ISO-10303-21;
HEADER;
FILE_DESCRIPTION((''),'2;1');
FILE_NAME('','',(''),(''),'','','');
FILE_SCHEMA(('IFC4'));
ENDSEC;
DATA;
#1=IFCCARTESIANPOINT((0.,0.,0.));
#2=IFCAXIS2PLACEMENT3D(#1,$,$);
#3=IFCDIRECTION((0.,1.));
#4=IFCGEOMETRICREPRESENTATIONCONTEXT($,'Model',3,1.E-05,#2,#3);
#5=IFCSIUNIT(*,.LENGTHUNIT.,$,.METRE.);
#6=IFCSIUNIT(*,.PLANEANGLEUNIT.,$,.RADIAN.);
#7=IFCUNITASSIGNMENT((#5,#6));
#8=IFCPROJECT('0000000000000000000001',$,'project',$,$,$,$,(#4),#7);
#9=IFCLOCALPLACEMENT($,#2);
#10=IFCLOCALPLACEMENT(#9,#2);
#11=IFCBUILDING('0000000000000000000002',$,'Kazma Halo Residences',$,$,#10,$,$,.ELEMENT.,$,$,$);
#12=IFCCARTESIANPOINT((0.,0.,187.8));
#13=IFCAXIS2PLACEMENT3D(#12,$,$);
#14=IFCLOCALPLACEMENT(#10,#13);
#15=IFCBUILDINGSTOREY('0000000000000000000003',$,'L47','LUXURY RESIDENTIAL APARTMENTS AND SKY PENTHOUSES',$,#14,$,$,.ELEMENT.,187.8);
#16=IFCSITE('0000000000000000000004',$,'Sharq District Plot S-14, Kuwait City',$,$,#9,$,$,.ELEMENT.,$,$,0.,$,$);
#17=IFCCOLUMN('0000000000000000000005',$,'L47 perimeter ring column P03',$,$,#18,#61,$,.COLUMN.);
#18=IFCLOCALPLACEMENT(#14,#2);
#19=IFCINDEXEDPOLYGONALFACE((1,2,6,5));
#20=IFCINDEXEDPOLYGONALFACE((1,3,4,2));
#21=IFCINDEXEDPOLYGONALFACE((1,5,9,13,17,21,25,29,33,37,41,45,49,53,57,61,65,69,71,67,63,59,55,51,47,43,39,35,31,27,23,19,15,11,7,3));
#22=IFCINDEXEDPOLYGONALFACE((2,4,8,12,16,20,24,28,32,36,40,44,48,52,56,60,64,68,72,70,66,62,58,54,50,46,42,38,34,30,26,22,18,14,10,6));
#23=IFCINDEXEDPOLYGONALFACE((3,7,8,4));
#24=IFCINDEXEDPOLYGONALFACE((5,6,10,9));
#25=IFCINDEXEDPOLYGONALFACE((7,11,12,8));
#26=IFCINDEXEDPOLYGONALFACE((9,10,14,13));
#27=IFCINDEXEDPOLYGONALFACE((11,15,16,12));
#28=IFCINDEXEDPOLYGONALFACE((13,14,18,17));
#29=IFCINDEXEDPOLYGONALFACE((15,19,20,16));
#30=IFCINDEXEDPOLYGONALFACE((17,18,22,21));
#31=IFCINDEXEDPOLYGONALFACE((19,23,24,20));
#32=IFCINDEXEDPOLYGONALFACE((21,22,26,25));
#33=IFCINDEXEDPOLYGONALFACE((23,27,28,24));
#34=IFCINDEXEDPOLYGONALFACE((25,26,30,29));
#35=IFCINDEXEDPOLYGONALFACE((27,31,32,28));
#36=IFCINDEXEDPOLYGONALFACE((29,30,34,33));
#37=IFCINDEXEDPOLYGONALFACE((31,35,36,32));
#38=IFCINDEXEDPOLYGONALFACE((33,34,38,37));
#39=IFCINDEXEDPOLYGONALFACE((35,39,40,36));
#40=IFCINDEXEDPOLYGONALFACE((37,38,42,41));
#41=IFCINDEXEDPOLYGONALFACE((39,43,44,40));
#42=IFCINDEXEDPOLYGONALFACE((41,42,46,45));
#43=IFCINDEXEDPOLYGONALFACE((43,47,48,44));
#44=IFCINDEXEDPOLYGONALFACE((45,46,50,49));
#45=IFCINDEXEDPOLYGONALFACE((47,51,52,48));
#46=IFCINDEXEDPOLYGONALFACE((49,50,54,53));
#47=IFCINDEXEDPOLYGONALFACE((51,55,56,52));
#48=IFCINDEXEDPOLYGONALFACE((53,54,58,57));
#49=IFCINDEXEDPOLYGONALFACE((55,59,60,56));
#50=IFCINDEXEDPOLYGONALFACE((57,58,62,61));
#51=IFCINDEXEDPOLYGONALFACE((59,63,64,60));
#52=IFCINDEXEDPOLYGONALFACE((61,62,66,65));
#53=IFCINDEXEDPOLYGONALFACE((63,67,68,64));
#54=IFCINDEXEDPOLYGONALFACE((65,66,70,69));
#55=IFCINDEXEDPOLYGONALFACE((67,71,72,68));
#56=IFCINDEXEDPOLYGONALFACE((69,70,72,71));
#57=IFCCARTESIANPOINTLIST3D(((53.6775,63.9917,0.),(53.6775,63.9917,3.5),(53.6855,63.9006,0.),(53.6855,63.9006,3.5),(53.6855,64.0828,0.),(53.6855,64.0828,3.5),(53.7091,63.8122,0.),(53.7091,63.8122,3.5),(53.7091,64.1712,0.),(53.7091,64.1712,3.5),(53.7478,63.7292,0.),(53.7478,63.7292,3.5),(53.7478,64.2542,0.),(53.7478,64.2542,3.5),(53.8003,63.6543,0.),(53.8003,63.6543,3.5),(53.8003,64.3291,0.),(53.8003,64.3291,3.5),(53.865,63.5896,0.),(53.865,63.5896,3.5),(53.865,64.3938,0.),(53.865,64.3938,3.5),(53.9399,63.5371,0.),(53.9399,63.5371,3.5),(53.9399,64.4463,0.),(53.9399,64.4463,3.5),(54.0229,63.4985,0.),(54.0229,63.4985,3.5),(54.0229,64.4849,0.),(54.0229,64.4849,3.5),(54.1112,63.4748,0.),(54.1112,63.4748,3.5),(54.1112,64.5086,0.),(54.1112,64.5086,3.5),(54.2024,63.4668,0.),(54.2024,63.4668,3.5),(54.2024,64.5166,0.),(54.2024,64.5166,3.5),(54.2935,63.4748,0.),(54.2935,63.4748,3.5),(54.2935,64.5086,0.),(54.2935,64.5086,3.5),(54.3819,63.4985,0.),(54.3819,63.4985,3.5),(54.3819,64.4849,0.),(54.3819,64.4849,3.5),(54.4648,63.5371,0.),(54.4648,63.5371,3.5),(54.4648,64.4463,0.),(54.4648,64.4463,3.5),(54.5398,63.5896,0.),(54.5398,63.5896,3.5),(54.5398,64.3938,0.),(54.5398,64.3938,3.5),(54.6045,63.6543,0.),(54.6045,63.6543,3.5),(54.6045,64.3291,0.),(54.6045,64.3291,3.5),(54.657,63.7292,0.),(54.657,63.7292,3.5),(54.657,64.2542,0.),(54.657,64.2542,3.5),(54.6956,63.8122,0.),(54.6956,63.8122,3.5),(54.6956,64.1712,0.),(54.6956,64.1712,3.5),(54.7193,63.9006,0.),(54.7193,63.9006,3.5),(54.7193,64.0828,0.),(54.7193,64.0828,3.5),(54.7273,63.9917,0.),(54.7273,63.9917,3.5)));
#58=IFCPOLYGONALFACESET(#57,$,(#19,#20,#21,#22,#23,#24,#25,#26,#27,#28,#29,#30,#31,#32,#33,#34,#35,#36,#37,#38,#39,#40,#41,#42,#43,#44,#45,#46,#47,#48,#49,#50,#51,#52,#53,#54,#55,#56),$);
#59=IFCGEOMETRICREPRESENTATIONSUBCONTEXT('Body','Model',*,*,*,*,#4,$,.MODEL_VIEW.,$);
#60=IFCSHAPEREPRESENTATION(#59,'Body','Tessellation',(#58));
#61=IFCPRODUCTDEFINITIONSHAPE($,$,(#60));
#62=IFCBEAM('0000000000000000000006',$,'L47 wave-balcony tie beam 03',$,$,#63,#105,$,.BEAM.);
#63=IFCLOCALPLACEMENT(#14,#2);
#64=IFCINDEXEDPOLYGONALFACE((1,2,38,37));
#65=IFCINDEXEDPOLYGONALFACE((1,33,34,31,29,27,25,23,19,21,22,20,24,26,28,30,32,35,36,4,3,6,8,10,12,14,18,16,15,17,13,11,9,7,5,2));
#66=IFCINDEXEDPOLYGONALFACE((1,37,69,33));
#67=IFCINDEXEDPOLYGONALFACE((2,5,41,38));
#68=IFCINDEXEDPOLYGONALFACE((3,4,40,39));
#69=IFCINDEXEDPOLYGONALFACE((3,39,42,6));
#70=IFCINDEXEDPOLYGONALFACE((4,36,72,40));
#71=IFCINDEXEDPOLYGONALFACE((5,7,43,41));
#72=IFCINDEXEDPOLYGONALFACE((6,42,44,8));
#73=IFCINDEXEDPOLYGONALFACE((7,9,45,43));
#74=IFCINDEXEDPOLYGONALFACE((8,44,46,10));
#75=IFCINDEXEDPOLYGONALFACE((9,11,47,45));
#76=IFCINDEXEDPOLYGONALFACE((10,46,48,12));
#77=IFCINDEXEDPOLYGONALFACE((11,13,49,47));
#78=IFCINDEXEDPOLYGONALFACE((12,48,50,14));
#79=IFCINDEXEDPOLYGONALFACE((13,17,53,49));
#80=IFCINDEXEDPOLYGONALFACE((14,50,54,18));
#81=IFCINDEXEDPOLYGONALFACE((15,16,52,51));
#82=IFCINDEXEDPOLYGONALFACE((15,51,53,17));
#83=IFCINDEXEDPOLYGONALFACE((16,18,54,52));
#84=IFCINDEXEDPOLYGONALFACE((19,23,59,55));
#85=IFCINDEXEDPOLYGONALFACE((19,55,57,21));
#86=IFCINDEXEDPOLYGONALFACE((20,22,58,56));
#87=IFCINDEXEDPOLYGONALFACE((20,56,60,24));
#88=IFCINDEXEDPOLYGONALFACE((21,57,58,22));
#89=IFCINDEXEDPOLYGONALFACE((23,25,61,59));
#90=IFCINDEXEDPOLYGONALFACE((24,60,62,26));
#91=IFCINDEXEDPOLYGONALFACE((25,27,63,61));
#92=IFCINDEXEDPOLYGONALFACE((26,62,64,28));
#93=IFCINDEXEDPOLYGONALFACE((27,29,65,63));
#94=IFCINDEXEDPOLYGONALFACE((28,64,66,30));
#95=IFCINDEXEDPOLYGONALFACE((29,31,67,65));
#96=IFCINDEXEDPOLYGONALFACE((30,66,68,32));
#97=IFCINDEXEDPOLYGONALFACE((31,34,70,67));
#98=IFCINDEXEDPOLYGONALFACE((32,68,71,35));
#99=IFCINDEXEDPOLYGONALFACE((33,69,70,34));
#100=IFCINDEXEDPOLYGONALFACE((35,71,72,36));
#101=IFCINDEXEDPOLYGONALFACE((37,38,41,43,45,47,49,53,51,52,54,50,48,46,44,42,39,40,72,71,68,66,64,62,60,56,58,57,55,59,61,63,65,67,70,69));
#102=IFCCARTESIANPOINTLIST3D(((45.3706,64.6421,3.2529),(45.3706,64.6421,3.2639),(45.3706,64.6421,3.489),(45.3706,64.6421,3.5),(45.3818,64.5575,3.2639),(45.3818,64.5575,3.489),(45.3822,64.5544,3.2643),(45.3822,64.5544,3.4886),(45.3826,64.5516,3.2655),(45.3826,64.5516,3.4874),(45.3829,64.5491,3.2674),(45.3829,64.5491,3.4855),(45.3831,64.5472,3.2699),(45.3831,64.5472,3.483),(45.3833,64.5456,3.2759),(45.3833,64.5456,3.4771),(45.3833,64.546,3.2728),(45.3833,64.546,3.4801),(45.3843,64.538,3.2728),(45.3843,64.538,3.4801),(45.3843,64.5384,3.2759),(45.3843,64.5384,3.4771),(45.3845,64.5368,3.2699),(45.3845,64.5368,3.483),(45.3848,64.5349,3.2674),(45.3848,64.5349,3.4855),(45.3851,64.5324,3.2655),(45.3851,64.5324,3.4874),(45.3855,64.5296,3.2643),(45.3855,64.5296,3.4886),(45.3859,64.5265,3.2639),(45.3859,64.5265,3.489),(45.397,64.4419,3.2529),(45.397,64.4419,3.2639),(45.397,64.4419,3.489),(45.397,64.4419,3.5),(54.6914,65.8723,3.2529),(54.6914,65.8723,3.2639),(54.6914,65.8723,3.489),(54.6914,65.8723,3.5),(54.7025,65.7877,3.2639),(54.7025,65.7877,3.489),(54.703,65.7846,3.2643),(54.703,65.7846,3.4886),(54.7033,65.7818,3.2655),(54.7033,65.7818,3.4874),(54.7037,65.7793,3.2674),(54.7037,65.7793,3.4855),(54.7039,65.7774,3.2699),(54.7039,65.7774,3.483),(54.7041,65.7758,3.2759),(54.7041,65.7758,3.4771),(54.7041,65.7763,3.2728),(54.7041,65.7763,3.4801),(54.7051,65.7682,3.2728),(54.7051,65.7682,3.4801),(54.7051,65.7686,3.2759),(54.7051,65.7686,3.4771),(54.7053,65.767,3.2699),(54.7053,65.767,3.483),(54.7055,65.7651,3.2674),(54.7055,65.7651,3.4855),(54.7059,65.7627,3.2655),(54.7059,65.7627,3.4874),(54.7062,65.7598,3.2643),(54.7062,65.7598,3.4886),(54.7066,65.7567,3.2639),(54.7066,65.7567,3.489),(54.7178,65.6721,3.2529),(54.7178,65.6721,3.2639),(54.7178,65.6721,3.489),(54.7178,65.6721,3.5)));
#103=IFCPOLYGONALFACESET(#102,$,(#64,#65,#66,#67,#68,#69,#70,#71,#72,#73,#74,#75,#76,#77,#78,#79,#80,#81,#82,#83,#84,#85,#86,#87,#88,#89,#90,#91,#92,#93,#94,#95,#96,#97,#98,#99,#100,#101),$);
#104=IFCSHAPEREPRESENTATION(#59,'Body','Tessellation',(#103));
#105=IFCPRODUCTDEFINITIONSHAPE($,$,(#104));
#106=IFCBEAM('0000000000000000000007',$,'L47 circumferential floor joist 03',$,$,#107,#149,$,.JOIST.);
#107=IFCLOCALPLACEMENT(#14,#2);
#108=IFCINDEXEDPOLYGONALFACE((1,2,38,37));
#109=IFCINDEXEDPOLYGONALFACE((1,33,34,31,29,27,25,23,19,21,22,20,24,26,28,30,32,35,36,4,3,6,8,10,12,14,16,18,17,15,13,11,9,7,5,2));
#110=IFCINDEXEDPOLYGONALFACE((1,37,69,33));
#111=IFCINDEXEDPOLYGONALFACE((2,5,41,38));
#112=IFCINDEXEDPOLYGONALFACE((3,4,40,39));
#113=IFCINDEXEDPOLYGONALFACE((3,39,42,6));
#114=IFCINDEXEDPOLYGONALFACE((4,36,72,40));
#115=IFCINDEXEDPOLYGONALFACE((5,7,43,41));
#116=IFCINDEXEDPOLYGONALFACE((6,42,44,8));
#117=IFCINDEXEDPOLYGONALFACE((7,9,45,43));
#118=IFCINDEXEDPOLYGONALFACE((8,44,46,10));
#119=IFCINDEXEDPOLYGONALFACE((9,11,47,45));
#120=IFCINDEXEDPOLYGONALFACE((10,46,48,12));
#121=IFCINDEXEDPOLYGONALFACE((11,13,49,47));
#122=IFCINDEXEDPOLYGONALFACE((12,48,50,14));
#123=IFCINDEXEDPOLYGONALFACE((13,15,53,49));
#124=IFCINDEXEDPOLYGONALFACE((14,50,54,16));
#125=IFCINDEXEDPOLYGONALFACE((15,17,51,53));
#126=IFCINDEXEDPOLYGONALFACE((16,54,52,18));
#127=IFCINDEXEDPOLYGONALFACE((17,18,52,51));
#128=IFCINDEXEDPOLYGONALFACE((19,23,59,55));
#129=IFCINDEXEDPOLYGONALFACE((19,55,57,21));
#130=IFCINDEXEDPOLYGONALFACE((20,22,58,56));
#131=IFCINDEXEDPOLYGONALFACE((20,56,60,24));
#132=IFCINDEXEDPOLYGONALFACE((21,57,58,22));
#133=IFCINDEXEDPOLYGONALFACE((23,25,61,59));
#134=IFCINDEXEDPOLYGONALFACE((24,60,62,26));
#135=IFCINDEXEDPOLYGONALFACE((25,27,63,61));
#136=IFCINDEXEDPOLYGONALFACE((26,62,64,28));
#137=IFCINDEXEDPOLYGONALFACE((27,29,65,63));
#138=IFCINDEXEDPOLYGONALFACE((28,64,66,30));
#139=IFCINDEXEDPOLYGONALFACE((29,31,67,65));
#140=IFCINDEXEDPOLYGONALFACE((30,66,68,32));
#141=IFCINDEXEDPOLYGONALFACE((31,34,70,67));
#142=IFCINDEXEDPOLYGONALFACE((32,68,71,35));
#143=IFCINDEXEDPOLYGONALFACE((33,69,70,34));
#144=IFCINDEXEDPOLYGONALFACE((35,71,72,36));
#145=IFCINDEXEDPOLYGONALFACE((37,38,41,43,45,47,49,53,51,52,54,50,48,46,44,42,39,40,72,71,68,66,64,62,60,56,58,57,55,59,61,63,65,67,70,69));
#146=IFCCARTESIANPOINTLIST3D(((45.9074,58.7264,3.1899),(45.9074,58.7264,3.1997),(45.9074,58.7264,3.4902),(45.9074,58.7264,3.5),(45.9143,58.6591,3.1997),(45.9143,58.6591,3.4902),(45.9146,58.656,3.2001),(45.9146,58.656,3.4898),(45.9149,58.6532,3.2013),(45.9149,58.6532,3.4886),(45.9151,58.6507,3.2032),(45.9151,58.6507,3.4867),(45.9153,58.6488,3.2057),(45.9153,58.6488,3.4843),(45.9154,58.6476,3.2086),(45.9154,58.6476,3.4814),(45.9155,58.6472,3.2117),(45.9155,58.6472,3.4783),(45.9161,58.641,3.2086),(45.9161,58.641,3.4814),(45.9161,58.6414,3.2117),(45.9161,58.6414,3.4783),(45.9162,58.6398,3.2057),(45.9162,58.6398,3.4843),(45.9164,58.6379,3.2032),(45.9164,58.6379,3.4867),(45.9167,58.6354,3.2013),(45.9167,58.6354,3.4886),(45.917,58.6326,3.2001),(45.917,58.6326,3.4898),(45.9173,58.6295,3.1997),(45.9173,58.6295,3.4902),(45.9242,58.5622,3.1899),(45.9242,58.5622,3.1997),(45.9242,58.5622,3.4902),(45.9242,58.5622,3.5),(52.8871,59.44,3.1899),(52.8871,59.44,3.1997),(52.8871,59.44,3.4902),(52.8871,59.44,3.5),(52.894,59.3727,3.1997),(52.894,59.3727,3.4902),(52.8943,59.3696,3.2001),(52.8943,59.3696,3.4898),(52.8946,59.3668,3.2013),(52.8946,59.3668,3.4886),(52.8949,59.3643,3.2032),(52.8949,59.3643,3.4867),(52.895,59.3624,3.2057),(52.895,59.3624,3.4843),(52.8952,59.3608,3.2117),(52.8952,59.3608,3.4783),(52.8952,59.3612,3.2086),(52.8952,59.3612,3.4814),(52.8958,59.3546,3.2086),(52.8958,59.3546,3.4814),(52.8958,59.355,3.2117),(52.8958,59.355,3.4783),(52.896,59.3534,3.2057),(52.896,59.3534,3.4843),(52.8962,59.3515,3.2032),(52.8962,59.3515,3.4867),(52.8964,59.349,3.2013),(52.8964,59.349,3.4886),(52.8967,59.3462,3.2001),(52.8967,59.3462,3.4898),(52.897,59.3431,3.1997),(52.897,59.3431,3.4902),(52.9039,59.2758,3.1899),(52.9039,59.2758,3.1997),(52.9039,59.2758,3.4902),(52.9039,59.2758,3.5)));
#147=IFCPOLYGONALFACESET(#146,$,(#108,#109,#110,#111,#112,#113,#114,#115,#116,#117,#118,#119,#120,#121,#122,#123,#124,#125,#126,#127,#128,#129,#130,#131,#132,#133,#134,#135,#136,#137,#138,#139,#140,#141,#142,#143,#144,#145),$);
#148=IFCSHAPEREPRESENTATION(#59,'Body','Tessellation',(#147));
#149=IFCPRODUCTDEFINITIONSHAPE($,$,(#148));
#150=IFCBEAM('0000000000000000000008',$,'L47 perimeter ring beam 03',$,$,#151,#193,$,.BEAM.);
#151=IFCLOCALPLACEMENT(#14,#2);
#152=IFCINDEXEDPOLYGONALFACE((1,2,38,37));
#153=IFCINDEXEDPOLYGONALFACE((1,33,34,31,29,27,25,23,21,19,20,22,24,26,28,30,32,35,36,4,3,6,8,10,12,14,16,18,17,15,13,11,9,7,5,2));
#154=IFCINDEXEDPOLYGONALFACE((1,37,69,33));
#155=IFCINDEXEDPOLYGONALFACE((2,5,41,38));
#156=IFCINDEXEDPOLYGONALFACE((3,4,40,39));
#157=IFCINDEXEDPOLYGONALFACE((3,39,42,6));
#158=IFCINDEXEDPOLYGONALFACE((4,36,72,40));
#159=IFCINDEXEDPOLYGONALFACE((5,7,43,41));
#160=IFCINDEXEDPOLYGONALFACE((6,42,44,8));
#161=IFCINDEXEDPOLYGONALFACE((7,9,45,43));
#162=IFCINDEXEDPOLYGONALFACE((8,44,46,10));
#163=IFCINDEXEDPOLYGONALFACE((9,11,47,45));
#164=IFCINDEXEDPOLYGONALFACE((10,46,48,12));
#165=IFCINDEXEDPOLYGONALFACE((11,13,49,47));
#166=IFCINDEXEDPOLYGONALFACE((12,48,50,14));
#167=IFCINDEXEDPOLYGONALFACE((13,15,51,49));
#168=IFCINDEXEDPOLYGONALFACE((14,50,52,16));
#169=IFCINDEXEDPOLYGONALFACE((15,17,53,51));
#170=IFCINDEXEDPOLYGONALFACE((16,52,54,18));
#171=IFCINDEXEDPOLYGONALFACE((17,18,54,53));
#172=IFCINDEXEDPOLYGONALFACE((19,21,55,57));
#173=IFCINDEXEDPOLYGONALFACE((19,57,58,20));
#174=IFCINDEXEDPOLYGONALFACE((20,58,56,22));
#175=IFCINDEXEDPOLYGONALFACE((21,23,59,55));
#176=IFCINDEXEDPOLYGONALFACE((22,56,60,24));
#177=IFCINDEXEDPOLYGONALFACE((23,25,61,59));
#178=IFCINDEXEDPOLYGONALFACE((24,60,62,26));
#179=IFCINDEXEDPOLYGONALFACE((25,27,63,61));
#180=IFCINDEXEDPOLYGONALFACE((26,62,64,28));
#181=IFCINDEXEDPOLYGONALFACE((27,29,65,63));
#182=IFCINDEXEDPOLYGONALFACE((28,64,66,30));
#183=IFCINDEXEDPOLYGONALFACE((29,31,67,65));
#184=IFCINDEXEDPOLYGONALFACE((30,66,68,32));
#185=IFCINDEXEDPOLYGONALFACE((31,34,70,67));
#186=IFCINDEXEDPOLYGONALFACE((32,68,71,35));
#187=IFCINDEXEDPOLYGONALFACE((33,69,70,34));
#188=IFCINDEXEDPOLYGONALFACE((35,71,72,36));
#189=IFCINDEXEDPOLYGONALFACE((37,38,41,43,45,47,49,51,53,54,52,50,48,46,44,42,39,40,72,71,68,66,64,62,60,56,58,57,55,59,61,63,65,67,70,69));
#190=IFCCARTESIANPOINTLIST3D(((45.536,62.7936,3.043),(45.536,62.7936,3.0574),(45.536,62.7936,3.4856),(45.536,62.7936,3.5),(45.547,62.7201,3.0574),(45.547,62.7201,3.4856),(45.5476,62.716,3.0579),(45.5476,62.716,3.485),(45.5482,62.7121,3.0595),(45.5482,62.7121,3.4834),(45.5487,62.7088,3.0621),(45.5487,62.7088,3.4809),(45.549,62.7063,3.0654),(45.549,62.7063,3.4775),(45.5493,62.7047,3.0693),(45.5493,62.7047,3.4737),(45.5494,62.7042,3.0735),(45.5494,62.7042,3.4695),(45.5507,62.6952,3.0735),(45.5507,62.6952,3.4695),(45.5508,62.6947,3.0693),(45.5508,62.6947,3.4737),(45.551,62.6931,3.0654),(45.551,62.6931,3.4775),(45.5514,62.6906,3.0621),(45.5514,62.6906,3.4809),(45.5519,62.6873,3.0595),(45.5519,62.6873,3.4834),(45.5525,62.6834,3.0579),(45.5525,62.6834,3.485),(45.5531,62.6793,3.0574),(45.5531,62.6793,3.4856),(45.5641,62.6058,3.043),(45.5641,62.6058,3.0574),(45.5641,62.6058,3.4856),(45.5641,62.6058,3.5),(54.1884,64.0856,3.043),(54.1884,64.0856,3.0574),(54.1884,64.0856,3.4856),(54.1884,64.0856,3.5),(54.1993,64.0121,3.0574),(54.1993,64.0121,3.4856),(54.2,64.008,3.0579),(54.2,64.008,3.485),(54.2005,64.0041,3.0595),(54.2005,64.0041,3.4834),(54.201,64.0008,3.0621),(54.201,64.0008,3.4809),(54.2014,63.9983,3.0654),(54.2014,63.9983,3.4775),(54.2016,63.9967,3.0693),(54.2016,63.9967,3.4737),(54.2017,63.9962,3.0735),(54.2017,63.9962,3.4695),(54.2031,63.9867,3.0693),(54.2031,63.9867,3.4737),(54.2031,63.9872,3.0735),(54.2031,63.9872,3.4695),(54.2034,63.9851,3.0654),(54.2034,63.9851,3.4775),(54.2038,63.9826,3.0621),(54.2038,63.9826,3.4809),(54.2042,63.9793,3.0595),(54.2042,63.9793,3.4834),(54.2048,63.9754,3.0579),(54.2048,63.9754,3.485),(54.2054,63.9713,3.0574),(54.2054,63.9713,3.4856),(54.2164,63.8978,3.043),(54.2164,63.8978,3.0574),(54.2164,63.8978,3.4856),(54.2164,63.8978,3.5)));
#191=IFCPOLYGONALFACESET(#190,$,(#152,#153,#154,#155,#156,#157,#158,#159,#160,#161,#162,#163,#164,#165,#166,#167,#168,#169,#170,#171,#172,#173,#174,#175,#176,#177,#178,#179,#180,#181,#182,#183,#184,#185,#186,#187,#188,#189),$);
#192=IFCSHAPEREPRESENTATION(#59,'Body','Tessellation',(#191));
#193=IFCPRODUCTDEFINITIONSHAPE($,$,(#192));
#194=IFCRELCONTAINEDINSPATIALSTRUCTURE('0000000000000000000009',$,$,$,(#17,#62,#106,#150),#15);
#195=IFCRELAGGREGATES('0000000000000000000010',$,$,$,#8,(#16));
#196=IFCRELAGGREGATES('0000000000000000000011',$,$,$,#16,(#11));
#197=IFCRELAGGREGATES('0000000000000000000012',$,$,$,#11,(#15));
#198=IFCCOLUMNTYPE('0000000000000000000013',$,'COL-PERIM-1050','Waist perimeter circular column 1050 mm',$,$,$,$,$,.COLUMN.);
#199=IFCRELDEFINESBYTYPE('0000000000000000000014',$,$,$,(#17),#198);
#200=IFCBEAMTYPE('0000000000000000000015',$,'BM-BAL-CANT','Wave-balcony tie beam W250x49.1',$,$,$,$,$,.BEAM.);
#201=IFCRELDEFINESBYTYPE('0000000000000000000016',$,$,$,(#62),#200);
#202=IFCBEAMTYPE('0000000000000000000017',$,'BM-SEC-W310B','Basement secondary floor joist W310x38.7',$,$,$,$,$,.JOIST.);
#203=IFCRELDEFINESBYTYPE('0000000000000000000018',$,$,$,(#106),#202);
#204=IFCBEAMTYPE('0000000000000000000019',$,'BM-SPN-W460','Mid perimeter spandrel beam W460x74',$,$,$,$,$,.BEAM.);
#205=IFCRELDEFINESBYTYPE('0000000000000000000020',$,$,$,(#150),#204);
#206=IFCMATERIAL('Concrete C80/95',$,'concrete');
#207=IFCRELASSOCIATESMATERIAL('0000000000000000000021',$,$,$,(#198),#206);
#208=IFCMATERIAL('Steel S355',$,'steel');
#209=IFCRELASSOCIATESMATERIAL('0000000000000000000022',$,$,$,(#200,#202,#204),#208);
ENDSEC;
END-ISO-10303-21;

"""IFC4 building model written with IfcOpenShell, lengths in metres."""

from ifc_helpers import new_model, si_unit, direction, frame, origin, origin_2d, place, context, subcontext, project, spatial, circle, i_section, extrude, material, material_profile, profile_set, type_object, element, save


model = new_model("IFC4")

# Units and contexts
model_context = context("Model", 3, precision=1e-05, world=origin(), true_north=direction((0.0, 1.0)))
body_context = subcontext(model_context, "Body", "Model", "MODEL_VIEW")
ifc_project = project(units=[si_unit("LENGTHUNIT", "METRE"), si_unit("PLANEANGLEUNIT", "RADIAN")], contexts=[model_context])

# Site, building, storey
site_placement = place(None, origin())
site = spatial("IfcSite", under=ifc_project, at=site_placement, Name="Sharq District Plot S-14, Kuwait City", CompositionType="ELEMENT", RefElevation=0.0)
building_placement = place(site_placement, origin())
building = spatial("IfcBuilding", under=site, at=building_placement, Name="Kazma Halo Residences", CompositionType="ELEMENT")
storey_placement = place(building_placement, frame((0.0, 0.0, 187.8)))
storey = spatial("IfcBuildingStorey", under=building, at=storey_placement, Name="L47", Description="LUXURY RESIDENTIAL APARTMENTS AND SKY PENTHOUSES", CompositionType="ELEMENT", Elevation=187.8)

# Column
ifc_material_1 = material(Name="Concrete C80/95", Category="concrete")
ifc_material_profile_1 = material_profile(ifc_material_1, circle(Radius=0.5249, at=origin_2d()), Name="CIRC1050")
ifc_profile_set_1 = profile_set([ifc_material_profile_1], Name="Concrete C80/95")
column_type = type_object("IfcColumnType", Name="COL-PERIM-1050", Description="Waist perimeter circular column 1050 mm", PredefinedType="COLUMN", material=ifc_profile_set_1)
column_placement = place(storey_placement, frame((54.2024, 63.9917, 0.0), z_axis=(0.0, 0.0, 1.0), x_axis=(1.0, 0.0, 0.0)))
element("IfcColumn", 1, at=column_placement, inside=storey, type_object=column_type, Name="L47 perimeter ring column P03", PredefinedType="COLUMN", context=body_context, shape_type="SweptSolid", body=[
    extrude(circle(Radius=0.5249, at=origin_2d()), origin(), (0.0, 0.0, 1.0), 3.5),
])

# Beams
ifc_material_2 = material(Name="Steel S355", Category="steel")
ifc_material_profile_2 = material_profile(ifc_material_2, i_section(OverallWidth=0.2019, OverallDepth=0.2471, WebThickness=0.0073, FlangeThickness=0.011, FilletRadius=0.012, at=origin_2d()), Name="W250x49.1")
ifc_profile_set_2 = profile_set([ifc_material_profile_2], Name="Steel S355")
beam_type_1 = type_object("IfcBeamType", Name="BM-BAL-CANT", Description="Wave-balcony tie beam W250x49.1", PredefinedType="BEAM", material=ifc_profile_set_2)
beam_1_placement = place(storey_placement, frame((54.7046, 65.7722, 3.3765), z_axis=(-0.991402, -0.130852, 0.0), x_axis=(0.130852, -0.991402, 0.0)))
element("IfcBeam", 2, at=beam_1_placement, inside=storey, type_object=beam_type_1, Name="L47 wave-balcony tie beam 03", PredefinedType="BEAM", context=body_context, shape_type="SweptSolid", body=[
    extrude(i_section(OverallWidth=0.2019, OverallDepth=0.2471, WebThickness=0.0073, FlangeThickness=0.011, FilletRadius=0.012, at=origin_2d()), origin(), (0.0, 0.0, 1.0), 9.4016),
])
ifc_material_profile_3 = material_profile(ifc_material_2, i_section(OverallWidth=0.165, OverallDepth=0.3101, WebThickness=0.0059, FlangeThickness=0.0098, FilletRadius=0.012, at=origin_2d()), Name="W310x38.7")
ifc_profile_set_3 = profile_set([ifc_material_profile_3], Name="Steel S355")
beam_type_2 = type_object("IfcBeamType", Name="BM-SEC-W310B", Description="Basement secondary floor joist W310x38.7", PredefinedType="JOIST", material=ifc_profile_set_3)
beam_2_placement = place(storey_placement, frame((52.8955, 59.3579, 3.345), z_axis=(-0.994814, -0.101712, 0.0), x_axis=(0.101712, -0.994814, 0.0)))
element("IfcBeam", 3, at=beam_2_placement, inside=storey, type_object=beam_type_2, Name="L47 circumferential floor joist 03", PredefinedType="JOIST", context=body_context, shape_type="SweptSolid", body=[
    extrude(i_section(OverallWidth=0.165, OverallDepth=0.3101, WebThickness=0.0059, FlangeThickness=0.0098, FilletRadius=0.012, at=origin_2d()), origin(), (0.0, 0.0, 1.0), 7.0161),
])
ifc_material_profile_4 = material_profile(ifc_material_2, i_section(OverallWidth=0.1899, OverallDepth=0.457, WebThickness=0.009, FlangeThickness=0.0144, FilletRadius=0.0161, at=origin_2d()), Name="W460x74")
ifc_profile_set_4 = profile_set([ifc_material_profile_4], Name="Steel S355")
beam_type_3 = type_object("IfcBeamType", Name="BM-SPN-W460", Description="Mid perimeter spandrel beam W460x74", PredefinedType="BEAM", material=ifc_profile_set_4)
beam_3_placement = place(storey_placement, frame((54.2024, 63.9917, 3.2715), z_axis=(-0.989034, -0.147685, 0.0), x_axis=(0.147685, -0.989034, 0.0)))
element("IfcBeam", 4, at=beam_3_placement, inside=storey, type_object=beam_type_3, Name="L47 perimeter ring beam 03", PredefinedType="BEAM", context=body_context, shape_type="SweptSolid", body=[
    extrude(i_section(OverallWidth=0.1899, OverallDepth=0.457, WebThickness=0.009, FlangeThickness=0.0144, FilletRadius=0.0161, at=origin_2d()), origin(), (0.0, 0.0, 1.0), 8.7483),
])

save(model, "model.ifc")
